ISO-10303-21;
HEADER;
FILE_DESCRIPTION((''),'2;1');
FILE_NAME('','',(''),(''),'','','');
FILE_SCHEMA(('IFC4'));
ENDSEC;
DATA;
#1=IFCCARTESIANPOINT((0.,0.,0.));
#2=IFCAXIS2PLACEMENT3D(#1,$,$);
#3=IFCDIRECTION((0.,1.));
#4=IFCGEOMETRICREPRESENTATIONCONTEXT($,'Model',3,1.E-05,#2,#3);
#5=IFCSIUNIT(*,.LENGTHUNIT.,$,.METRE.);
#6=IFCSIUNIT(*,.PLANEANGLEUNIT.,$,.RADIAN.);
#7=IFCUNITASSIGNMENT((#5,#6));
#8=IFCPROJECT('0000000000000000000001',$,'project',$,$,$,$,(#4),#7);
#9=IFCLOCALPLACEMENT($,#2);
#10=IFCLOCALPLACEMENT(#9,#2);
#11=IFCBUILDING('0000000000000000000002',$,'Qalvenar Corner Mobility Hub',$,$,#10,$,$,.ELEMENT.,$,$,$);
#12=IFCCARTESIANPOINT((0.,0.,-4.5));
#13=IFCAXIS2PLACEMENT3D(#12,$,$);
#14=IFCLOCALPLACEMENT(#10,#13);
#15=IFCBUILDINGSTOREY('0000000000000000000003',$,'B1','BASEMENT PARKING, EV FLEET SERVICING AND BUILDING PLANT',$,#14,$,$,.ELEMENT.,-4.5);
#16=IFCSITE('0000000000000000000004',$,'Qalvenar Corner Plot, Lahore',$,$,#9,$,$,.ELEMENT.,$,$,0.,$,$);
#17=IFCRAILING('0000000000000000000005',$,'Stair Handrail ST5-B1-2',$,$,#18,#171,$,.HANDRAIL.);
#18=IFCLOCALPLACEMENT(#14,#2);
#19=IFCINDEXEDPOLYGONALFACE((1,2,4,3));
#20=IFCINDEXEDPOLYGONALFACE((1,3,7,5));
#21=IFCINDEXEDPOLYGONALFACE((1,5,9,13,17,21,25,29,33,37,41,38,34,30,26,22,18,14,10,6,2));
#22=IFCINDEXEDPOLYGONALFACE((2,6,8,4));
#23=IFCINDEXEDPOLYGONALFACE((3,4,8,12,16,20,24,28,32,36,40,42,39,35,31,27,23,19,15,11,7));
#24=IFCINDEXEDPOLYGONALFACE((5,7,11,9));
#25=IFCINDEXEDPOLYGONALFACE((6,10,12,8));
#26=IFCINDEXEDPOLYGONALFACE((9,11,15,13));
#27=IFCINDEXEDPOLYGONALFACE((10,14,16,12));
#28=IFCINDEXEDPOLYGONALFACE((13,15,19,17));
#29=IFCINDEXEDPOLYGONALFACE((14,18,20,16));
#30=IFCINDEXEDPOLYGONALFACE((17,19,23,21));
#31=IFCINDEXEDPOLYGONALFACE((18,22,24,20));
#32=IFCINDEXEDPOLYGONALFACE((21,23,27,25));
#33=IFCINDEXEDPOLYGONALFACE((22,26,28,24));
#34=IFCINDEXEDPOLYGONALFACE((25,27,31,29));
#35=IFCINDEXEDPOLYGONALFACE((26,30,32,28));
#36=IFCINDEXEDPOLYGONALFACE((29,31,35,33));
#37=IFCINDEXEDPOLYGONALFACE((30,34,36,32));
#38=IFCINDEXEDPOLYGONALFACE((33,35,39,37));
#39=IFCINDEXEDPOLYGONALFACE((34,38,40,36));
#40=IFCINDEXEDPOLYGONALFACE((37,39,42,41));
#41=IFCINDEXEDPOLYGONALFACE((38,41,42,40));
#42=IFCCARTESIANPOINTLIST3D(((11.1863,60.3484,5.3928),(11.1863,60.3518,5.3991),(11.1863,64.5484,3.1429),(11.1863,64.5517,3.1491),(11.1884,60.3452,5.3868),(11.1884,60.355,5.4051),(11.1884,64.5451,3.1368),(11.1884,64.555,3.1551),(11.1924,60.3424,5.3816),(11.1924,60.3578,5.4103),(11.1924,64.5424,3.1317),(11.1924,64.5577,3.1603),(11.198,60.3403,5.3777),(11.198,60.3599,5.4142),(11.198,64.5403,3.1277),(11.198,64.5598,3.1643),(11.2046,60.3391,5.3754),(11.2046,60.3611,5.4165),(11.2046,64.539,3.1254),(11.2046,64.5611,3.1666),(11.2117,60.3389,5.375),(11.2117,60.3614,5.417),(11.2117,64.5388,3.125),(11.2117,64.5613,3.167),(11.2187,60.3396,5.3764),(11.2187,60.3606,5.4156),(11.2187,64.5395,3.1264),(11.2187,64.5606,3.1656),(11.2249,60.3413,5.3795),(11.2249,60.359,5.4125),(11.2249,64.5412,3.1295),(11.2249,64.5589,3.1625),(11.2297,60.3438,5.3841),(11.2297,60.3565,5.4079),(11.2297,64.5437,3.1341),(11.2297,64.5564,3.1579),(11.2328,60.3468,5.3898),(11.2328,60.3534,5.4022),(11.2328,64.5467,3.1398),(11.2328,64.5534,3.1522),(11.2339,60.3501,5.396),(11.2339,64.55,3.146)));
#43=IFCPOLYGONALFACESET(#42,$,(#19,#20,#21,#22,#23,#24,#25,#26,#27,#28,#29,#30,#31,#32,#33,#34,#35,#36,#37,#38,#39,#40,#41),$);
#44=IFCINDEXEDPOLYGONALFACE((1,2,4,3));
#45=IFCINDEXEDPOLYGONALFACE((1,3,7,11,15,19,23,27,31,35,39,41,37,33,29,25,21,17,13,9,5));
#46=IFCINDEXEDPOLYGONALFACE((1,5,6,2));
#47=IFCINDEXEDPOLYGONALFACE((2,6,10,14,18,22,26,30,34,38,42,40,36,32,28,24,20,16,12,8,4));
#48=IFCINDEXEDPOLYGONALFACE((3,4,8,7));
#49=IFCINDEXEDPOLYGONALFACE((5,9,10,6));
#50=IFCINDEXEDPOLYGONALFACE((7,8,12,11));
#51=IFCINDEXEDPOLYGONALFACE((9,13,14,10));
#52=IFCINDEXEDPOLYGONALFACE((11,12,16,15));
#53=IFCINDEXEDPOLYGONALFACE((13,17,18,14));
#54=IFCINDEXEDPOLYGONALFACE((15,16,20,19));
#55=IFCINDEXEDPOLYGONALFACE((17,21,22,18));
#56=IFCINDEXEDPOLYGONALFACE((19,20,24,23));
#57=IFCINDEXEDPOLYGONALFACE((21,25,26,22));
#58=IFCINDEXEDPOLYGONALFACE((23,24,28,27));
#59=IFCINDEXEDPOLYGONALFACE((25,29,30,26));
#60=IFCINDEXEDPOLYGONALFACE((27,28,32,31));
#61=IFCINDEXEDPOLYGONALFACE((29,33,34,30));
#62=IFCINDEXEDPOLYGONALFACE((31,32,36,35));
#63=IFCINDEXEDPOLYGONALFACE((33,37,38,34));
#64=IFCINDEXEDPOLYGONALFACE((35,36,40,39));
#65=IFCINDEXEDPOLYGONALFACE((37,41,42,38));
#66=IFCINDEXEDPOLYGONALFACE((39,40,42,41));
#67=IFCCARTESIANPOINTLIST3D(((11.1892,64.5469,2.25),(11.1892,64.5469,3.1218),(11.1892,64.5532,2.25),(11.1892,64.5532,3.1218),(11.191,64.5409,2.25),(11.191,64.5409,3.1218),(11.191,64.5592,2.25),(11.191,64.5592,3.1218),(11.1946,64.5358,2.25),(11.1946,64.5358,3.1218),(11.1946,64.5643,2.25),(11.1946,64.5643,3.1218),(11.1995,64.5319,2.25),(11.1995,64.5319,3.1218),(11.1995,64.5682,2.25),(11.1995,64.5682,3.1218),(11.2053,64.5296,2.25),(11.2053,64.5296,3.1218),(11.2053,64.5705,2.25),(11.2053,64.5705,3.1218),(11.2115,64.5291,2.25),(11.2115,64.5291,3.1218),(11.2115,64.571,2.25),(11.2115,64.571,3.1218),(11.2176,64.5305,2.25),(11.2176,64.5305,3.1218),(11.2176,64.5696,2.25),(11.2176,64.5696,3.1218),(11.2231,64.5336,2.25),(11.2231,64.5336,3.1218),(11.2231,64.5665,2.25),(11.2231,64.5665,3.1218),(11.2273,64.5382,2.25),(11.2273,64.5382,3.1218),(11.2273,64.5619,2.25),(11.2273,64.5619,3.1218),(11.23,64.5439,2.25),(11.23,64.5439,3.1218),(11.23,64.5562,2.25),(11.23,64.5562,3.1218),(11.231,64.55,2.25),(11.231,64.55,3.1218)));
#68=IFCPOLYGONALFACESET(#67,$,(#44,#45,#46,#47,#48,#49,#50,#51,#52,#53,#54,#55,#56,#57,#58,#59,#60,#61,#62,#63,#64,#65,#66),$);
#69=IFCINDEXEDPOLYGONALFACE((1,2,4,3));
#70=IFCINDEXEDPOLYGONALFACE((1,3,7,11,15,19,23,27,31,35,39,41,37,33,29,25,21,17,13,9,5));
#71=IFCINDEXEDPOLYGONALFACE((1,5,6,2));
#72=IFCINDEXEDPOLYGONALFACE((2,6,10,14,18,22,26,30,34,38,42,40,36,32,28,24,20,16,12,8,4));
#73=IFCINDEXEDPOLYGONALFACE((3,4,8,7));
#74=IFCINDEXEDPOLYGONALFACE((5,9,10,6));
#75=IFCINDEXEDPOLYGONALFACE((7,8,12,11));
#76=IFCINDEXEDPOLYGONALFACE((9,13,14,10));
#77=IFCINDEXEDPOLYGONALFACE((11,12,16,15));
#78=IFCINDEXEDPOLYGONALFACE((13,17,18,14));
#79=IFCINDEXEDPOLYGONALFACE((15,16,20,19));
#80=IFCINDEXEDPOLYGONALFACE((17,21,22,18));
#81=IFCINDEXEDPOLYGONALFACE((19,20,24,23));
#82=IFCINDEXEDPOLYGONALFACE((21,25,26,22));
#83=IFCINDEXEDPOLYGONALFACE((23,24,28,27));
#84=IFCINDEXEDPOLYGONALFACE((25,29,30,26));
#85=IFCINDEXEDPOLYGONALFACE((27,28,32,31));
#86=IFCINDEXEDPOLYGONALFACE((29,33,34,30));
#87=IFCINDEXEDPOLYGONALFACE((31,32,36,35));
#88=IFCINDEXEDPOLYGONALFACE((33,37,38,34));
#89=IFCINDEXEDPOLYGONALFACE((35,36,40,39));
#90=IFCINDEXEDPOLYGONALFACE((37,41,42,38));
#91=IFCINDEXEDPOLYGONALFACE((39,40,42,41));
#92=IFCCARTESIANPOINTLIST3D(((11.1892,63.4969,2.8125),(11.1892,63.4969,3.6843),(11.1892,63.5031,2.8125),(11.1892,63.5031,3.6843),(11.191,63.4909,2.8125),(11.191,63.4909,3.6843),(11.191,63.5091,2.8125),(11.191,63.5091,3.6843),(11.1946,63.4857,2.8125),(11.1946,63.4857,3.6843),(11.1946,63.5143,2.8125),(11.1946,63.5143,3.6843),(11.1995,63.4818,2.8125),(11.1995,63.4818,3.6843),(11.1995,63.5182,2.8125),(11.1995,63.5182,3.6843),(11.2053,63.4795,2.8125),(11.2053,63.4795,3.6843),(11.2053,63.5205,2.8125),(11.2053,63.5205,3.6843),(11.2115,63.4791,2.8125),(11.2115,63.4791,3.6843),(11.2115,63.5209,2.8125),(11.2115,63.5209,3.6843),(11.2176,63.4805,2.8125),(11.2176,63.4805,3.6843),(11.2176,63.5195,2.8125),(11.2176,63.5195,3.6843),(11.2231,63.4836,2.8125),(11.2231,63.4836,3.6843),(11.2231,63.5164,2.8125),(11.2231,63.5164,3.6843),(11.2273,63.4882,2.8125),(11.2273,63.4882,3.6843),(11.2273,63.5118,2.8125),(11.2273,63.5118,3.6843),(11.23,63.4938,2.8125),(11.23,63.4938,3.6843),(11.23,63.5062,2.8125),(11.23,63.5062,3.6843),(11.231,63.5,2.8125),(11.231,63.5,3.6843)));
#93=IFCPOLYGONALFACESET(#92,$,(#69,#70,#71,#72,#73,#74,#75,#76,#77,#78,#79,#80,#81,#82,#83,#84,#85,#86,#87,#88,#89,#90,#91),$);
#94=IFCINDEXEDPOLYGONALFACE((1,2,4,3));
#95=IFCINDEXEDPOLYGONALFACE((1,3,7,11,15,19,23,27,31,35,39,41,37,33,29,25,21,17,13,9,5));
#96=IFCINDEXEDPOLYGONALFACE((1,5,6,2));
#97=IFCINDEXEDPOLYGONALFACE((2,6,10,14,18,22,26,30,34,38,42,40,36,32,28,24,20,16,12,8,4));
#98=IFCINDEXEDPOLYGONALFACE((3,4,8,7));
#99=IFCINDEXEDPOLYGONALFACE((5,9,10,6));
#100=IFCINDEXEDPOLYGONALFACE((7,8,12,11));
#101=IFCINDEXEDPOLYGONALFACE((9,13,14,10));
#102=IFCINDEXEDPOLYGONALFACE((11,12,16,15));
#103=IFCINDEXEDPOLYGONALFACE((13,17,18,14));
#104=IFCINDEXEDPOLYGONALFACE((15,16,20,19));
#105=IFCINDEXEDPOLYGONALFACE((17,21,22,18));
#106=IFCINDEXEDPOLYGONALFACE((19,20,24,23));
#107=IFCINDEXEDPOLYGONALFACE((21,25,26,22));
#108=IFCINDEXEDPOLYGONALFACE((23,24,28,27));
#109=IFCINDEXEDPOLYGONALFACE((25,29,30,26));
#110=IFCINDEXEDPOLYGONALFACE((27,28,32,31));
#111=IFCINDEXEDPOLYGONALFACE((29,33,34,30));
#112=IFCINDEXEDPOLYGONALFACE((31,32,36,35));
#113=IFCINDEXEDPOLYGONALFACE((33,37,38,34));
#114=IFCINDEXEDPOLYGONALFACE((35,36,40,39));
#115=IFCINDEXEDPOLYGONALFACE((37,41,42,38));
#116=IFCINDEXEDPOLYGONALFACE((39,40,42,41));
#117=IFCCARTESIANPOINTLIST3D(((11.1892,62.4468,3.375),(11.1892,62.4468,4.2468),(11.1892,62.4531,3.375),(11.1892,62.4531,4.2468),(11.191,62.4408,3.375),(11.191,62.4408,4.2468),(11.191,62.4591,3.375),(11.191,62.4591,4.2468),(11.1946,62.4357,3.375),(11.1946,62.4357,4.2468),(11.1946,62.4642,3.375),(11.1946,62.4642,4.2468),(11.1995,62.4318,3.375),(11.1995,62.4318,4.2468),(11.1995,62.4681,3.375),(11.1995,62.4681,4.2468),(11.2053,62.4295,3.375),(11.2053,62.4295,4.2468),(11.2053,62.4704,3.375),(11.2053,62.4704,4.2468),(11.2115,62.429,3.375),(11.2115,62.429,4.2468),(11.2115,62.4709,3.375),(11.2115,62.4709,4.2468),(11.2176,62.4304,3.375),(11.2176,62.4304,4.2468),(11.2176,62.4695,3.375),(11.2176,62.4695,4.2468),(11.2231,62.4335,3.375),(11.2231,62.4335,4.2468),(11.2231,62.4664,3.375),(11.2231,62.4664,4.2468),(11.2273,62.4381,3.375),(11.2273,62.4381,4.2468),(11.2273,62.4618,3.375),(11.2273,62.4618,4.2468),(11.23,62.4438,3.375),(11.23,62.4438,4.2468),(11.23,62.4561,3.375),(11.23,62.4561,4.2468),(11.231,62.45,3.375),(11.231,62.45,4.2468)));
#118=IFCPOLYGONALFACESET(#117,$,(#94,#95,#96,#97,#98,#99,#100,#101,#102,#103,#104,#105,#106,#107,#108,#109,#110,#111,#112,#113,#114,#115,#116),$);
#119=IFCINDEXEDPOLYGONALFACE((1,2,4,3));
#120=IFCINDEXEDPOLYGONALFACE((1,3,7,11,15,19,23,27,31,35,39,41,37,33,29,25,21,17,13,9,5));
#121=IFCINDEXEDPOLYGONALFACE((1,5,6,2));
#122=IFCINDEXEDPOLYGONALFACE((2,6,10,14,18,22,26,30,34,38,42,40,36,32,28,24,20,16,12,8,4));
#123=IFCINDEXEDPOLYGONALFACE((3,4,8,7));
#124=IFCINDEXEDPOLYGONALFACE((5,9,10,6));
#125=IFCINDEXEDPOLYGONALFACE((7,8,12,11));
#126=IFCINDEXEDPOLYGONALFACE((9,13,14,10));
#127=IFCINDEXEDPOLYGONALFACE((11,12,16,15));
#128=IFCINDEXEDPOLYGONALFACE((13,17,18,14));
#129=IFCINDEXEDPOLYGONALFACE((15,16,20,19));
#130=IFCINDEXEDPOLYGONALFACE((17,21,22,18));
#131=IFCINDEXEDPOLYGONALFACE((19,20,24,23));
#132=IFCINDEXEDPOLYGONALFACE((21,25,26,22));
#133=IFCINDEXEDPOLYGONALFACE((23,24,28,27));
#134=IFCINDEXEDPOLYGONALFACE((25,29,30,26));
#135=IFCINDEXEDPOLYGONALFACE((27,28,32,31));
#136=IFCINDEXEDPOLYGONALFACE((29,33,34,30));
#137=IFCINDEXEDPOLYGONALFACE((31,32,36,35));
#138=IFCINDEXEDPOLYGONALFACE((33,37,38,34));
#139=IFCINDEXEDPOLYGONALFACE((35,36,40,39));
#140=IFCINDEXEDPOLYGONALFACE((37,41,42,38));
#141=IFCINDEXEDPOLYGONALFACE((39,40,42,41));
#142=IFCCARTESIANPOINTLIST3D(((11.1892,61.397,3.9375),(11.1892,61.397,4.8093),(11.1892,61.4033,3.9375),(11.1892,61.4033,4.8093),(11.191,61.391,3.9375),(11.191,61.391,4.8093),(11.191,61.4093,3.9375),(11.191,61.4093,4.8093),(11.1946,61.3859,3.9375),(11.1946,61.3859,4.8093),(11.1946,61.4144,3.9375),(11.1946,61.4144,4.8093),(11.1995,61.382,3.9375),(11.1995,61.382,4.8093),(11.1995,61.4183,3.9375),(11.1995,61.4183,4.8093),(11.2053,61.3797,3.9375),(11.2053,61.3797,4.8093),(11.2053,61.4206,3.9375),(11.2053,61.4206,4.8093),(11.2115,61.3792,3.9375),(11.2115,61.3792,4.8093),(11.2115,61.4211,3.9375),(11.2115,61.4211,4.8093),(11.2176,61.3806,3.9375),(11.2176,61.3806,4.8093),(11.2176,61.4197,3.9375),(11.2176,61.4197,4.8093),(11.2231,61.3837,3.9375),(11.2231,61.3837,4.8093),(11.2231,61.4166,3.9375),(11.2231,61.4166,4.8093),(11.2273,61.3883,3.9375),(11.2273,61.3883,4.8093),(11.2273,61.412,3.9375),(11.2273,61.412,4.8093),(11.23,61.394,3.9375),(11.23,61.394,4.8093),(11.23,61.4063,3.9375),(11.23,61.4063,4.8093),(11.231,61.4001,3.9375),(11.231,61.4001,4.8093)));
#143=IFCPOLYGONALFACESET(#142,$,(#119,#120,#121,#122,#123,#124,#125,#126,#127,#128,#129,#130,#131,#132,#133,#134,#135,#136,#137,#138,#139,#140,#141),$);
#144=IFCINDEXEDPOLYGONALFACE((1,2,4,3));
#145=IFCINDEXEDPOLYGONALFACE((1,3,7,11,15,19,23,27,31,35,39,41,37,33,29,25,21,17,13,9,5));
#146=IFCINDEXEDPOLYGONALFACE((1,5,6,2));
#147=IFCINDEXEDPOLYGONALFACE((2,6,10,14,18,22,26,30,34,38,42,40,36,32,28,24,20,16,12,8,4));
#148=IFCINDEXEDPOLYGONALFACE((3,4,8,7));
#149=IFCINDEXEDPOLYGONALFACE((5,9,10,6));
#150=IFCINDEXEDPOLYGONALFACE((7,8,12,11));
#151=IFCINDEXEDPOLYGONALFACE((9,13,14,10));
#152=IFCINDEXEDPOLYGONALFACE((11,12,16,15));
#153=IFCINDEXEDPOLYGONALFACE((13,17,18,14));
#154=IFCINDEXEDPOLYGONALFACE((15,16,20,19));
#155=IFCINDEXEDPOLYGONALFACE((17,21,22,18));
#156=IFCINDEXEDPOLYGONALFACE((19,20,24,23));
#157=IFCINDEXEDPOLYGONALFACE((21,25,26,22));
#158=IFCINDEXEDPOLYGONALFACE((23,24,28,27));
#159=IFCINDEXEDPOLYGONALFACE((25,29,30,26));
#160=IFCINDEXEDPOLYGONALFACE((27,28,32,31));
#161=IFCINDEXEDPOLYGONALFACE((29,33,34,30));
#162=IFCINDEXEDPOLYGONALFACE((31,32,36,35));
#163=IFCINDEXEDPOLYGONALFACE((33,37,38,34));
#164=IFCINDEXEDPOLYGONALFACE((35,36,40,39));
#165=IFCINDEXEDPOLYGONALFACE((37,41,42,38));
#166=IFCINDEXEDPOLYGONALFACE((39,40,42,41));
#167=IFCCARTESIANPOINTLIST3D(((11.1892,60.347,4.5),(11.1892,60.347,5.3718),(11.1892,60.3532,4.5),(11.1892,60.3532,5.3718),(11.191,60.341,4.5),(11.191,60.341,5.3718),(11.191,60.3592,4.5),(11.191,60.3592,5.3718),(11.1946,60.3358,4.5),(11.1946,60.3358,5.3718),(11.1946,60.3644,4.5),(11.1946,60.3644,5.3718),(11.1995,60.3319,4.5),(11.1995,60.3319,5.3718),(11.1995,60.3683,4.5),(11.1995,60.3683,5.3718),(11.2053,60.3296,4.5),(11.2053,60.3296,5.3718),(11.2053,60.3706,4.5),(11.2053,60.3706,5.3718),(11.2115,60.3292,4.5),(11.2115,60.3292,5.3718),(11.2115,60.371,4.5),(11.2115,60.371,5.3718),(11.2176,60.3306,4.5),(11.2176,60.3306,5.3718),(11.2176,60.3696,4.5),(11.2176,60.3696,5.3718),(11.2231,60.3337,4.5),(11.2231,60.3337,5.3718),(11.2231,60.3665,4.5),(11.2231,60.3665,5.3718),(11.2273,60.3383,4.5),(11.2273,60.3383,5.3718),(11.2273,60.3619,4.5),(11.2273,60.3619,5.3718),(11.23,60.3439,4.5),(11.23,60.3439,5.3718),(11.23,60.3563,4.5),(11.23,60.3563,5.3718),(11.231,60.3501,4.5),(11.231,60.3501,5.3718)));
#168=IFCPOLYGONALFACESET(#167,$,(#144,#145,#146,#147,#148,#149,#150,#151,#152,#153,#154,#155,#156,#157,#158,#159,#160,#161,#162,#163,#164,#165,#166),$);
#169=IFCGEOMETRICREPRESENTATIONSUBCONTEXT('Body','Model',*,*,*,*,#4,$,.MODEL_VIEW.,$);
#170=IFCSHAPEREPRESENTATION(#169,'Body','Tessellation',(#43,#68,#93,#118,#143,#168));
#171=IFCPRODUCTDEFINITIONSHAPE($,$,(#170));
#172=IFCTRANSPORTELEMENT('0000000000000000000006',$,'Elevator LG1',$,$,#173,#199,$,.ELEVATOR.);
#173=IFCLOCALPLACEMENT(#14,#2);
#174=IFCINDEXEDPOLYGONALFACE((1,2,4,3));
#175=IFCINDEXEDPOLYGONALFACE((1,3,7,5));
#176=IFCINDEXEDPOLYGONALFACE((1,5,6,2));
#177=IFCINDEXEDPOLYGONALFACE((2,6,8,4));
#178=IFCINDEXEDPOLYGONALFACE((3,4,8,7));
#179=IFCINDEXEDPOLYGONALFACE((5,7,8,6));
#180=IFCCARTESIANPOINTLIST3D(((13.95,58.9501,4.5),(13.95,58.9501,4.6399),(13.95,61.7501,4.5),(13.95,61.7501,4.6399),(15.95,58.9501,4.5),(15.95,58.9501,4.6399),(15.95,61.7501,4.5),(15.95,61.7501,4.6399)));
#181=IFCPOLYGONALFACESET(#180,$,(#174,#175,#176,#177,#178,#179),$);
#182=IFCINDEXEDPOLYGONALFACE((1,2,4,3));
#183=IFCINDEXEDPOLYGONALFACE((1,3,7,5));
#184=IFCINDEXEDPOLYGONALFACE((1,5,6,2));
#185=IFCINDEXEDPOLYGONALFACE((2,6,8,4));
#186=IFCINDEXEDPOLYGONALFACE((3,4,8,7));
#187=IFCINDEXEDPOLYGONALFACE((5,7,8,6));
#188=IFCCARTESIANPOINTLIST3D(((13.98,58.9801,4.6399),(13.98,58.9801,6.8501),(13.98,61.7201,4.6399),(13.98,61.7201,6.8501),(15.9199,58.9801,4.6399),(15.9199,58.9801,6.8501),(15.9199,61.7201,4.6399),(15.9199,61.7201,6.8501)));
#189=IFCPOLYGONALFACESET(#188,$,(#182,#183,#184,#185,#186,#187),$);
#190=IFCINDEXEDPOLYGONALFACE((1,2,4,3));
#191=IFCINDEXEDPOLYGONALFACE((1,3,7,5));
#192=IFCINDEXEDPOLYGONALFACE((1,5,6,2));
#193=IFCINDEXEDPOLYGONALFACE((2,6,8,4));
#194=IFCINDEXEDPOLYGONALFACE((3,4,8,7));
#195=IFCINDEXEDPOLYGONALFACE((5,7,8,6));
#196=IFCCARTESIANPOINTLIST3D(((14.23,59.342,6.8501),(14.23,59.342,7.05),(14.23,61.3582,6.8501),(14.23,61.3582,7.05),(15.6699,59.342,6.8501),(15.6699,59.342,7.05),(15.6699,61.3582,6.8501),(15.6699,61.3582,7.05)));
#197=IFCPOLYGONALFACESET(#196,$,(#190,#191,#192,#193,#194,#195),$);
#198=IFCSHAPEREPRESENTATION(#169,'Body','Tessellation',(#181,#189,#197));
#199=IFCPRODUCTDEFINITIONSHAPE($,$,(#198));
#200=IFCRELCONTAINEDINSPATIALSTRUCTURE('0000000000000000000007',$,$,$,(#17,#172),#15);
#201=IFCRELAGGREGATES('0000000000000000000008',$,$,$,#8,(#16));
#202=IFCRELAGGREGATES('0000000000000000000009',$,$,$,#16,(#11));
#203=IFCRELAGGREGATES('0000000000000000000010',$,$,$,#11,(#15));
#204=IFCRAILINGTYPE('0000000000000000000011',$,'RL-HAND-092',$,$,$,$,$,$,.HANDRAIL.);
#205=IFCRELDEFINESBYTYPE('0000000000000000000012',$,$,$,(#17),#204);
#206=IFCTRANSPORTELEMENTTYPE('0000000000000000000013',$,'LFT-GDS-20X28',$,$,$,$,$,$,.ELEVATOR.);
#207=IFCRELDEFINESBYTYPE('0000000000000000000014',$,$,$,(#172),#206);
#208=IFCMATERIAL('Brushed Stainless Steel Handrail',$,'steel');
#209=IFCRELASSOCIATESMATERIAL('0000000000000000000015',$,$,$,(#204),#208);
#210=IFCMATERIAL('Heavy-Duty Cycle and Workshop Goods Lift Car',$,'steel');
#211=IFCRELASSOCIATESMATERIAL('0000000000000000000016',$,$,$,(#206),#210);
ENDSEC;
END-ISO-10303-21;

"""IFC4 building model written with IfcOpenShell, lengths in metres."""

from ifc_helpers import new_model, si_unit, direction, frame, origin, origin_2d, place, context, subcontext, project, spatial, rectangle, circle, extrude, material, type_object, element, save


model = new_model("IFC4")

# Units and contexts
model_context = context("Model", 3, precision=1e-05, world=origin(), true_north=direction((0.0, 1.0)))
body_context = subcontext(model_context, "Body", "Model", "MODEL_VIEW")
ifc_project = project(units=[si_unit("LENGTHUNIT", "METRE"), si_unit("PLANEANGLEUNIT", "RADIAN")], contexts=[model_context])

# Site, building, storey
site_placement = place(None, origin())
site = spatial("IfcSite", under=ifc_project, at=site_placement, Name="Qalvenar Corner Plot, Lahore", CompositionType="ELEMENT", RefElevation=0.0)
building_placement = place(site_placement, origin())
building = spatial("IfcBuilding", under=site, at=building_placement, Name="Qalvenar Corner Mobility Hub", CompositionType="ELEMENT")
storey_placement = place(building_placement, frame((0.0, 0.0, -4.5)))
storey = spatial("IfcBuildingStorey", under=building, at=storey_placement, Name="B1", Description="BASEMENT PARKING, EV FLEET SERVICING AND BUILDING PLANT", CompositionType="ELEMENT", Elevation=-4.5)

# Railing
ifc_material_1 = material(Name="Brushed Stainless Steel Handrail", Category="steel")
railing_type_1 = type_object("IfcRailingType", Name="RL-HAND-092", PredefinedType="HANDRAIL", material=ifc_material_1)
railing_1_placement = place(storey_placement, frame((11.21, 64.55, 2.25)))
element("IfcRailing", 1, at=railing_1_placement, inside=storey, type_object=railing_type_1, Name="Stair Handrail ST5-B1-2", PredefinedType="HANDRAIL", context=body_context, shape_type="SweptSolid", body=[
    extrude(circle(Radius=0.0239, at=origin_2d()), frame((0.0, 0.0, 0.896), z_axis=(0.0, -0.881478, 0.472226), x_axis=(1.0, 0.0, 0.0)), (0.0, 0.0, 1.0), 4.7646),
    extrude(circle(Radius=0.021, at=origin_2d()), origin(), (0.0, 0.0, 1.0), 0.8718),
    extrude(circle(Radius=0.021, at=origin_2d()), frame((0.0, -1.05, 0.5625)), (0.0, 0.0, 1.0), 0.8718),
    extrude(circle(Radius=0.021, at=origin_2d()), frame((0.0, -2.1001, 1.125)), (0.0, 0.0, 1.0), 0.8718),
    extrude(circle(Radius=0.021, at=origin_2d()), frame((0.0, -3.1499, 1.6875)), (0.0, 0.0, 1.0), 0.8718),
    extrude(circle(Radius=0.021, at=origin_2d()), frame((0.0, -4.2, 2.25)), (0.0, 0.0, 1.0), 0.8718),
])

# Transport element
ifc_material_2 = material(Name="Heavy-Duty Cycle and Workshop Goods Lift Car", Category="steel")
transport_element_type = type_object("IfcTransportElementType", Name="LFT-GDS-20X28", PredefinedType="ELEVATOR", material=ifc_material_2)
transport_element_placement = place(storey_placement, frame((14.95, 60.3501, 4.5)))
element("IfcTransportElement", 2, at=transport_element_placement, inside=storey, type_object=transport_element_type, Name="Elevator LG1", PredefinedType="ELEVATOR", context=body_context, shape_type="SweptSolid", body=[
    extrude(rectangle(XDim=2.0, YDim=2.8, at=origin_2d()), origin(), (0.0, 0.0, 1.0), 0.1399),
    extrude(rectangle(XDim=1.9399, YDim=2.74, at=origin_2d()), frame((0.0, 0.0, 0.1399)), (0.0, 0.0, 1.0), 2.2102),
    extrude(rectangle(XDim=1.4399, YDim=2.0161, at=origin_2d()), frame((0.0, 0.0, 2.3501)), (0.0, 0.0, 1.0), 0.2),
])

save(model, "model.ifc")
